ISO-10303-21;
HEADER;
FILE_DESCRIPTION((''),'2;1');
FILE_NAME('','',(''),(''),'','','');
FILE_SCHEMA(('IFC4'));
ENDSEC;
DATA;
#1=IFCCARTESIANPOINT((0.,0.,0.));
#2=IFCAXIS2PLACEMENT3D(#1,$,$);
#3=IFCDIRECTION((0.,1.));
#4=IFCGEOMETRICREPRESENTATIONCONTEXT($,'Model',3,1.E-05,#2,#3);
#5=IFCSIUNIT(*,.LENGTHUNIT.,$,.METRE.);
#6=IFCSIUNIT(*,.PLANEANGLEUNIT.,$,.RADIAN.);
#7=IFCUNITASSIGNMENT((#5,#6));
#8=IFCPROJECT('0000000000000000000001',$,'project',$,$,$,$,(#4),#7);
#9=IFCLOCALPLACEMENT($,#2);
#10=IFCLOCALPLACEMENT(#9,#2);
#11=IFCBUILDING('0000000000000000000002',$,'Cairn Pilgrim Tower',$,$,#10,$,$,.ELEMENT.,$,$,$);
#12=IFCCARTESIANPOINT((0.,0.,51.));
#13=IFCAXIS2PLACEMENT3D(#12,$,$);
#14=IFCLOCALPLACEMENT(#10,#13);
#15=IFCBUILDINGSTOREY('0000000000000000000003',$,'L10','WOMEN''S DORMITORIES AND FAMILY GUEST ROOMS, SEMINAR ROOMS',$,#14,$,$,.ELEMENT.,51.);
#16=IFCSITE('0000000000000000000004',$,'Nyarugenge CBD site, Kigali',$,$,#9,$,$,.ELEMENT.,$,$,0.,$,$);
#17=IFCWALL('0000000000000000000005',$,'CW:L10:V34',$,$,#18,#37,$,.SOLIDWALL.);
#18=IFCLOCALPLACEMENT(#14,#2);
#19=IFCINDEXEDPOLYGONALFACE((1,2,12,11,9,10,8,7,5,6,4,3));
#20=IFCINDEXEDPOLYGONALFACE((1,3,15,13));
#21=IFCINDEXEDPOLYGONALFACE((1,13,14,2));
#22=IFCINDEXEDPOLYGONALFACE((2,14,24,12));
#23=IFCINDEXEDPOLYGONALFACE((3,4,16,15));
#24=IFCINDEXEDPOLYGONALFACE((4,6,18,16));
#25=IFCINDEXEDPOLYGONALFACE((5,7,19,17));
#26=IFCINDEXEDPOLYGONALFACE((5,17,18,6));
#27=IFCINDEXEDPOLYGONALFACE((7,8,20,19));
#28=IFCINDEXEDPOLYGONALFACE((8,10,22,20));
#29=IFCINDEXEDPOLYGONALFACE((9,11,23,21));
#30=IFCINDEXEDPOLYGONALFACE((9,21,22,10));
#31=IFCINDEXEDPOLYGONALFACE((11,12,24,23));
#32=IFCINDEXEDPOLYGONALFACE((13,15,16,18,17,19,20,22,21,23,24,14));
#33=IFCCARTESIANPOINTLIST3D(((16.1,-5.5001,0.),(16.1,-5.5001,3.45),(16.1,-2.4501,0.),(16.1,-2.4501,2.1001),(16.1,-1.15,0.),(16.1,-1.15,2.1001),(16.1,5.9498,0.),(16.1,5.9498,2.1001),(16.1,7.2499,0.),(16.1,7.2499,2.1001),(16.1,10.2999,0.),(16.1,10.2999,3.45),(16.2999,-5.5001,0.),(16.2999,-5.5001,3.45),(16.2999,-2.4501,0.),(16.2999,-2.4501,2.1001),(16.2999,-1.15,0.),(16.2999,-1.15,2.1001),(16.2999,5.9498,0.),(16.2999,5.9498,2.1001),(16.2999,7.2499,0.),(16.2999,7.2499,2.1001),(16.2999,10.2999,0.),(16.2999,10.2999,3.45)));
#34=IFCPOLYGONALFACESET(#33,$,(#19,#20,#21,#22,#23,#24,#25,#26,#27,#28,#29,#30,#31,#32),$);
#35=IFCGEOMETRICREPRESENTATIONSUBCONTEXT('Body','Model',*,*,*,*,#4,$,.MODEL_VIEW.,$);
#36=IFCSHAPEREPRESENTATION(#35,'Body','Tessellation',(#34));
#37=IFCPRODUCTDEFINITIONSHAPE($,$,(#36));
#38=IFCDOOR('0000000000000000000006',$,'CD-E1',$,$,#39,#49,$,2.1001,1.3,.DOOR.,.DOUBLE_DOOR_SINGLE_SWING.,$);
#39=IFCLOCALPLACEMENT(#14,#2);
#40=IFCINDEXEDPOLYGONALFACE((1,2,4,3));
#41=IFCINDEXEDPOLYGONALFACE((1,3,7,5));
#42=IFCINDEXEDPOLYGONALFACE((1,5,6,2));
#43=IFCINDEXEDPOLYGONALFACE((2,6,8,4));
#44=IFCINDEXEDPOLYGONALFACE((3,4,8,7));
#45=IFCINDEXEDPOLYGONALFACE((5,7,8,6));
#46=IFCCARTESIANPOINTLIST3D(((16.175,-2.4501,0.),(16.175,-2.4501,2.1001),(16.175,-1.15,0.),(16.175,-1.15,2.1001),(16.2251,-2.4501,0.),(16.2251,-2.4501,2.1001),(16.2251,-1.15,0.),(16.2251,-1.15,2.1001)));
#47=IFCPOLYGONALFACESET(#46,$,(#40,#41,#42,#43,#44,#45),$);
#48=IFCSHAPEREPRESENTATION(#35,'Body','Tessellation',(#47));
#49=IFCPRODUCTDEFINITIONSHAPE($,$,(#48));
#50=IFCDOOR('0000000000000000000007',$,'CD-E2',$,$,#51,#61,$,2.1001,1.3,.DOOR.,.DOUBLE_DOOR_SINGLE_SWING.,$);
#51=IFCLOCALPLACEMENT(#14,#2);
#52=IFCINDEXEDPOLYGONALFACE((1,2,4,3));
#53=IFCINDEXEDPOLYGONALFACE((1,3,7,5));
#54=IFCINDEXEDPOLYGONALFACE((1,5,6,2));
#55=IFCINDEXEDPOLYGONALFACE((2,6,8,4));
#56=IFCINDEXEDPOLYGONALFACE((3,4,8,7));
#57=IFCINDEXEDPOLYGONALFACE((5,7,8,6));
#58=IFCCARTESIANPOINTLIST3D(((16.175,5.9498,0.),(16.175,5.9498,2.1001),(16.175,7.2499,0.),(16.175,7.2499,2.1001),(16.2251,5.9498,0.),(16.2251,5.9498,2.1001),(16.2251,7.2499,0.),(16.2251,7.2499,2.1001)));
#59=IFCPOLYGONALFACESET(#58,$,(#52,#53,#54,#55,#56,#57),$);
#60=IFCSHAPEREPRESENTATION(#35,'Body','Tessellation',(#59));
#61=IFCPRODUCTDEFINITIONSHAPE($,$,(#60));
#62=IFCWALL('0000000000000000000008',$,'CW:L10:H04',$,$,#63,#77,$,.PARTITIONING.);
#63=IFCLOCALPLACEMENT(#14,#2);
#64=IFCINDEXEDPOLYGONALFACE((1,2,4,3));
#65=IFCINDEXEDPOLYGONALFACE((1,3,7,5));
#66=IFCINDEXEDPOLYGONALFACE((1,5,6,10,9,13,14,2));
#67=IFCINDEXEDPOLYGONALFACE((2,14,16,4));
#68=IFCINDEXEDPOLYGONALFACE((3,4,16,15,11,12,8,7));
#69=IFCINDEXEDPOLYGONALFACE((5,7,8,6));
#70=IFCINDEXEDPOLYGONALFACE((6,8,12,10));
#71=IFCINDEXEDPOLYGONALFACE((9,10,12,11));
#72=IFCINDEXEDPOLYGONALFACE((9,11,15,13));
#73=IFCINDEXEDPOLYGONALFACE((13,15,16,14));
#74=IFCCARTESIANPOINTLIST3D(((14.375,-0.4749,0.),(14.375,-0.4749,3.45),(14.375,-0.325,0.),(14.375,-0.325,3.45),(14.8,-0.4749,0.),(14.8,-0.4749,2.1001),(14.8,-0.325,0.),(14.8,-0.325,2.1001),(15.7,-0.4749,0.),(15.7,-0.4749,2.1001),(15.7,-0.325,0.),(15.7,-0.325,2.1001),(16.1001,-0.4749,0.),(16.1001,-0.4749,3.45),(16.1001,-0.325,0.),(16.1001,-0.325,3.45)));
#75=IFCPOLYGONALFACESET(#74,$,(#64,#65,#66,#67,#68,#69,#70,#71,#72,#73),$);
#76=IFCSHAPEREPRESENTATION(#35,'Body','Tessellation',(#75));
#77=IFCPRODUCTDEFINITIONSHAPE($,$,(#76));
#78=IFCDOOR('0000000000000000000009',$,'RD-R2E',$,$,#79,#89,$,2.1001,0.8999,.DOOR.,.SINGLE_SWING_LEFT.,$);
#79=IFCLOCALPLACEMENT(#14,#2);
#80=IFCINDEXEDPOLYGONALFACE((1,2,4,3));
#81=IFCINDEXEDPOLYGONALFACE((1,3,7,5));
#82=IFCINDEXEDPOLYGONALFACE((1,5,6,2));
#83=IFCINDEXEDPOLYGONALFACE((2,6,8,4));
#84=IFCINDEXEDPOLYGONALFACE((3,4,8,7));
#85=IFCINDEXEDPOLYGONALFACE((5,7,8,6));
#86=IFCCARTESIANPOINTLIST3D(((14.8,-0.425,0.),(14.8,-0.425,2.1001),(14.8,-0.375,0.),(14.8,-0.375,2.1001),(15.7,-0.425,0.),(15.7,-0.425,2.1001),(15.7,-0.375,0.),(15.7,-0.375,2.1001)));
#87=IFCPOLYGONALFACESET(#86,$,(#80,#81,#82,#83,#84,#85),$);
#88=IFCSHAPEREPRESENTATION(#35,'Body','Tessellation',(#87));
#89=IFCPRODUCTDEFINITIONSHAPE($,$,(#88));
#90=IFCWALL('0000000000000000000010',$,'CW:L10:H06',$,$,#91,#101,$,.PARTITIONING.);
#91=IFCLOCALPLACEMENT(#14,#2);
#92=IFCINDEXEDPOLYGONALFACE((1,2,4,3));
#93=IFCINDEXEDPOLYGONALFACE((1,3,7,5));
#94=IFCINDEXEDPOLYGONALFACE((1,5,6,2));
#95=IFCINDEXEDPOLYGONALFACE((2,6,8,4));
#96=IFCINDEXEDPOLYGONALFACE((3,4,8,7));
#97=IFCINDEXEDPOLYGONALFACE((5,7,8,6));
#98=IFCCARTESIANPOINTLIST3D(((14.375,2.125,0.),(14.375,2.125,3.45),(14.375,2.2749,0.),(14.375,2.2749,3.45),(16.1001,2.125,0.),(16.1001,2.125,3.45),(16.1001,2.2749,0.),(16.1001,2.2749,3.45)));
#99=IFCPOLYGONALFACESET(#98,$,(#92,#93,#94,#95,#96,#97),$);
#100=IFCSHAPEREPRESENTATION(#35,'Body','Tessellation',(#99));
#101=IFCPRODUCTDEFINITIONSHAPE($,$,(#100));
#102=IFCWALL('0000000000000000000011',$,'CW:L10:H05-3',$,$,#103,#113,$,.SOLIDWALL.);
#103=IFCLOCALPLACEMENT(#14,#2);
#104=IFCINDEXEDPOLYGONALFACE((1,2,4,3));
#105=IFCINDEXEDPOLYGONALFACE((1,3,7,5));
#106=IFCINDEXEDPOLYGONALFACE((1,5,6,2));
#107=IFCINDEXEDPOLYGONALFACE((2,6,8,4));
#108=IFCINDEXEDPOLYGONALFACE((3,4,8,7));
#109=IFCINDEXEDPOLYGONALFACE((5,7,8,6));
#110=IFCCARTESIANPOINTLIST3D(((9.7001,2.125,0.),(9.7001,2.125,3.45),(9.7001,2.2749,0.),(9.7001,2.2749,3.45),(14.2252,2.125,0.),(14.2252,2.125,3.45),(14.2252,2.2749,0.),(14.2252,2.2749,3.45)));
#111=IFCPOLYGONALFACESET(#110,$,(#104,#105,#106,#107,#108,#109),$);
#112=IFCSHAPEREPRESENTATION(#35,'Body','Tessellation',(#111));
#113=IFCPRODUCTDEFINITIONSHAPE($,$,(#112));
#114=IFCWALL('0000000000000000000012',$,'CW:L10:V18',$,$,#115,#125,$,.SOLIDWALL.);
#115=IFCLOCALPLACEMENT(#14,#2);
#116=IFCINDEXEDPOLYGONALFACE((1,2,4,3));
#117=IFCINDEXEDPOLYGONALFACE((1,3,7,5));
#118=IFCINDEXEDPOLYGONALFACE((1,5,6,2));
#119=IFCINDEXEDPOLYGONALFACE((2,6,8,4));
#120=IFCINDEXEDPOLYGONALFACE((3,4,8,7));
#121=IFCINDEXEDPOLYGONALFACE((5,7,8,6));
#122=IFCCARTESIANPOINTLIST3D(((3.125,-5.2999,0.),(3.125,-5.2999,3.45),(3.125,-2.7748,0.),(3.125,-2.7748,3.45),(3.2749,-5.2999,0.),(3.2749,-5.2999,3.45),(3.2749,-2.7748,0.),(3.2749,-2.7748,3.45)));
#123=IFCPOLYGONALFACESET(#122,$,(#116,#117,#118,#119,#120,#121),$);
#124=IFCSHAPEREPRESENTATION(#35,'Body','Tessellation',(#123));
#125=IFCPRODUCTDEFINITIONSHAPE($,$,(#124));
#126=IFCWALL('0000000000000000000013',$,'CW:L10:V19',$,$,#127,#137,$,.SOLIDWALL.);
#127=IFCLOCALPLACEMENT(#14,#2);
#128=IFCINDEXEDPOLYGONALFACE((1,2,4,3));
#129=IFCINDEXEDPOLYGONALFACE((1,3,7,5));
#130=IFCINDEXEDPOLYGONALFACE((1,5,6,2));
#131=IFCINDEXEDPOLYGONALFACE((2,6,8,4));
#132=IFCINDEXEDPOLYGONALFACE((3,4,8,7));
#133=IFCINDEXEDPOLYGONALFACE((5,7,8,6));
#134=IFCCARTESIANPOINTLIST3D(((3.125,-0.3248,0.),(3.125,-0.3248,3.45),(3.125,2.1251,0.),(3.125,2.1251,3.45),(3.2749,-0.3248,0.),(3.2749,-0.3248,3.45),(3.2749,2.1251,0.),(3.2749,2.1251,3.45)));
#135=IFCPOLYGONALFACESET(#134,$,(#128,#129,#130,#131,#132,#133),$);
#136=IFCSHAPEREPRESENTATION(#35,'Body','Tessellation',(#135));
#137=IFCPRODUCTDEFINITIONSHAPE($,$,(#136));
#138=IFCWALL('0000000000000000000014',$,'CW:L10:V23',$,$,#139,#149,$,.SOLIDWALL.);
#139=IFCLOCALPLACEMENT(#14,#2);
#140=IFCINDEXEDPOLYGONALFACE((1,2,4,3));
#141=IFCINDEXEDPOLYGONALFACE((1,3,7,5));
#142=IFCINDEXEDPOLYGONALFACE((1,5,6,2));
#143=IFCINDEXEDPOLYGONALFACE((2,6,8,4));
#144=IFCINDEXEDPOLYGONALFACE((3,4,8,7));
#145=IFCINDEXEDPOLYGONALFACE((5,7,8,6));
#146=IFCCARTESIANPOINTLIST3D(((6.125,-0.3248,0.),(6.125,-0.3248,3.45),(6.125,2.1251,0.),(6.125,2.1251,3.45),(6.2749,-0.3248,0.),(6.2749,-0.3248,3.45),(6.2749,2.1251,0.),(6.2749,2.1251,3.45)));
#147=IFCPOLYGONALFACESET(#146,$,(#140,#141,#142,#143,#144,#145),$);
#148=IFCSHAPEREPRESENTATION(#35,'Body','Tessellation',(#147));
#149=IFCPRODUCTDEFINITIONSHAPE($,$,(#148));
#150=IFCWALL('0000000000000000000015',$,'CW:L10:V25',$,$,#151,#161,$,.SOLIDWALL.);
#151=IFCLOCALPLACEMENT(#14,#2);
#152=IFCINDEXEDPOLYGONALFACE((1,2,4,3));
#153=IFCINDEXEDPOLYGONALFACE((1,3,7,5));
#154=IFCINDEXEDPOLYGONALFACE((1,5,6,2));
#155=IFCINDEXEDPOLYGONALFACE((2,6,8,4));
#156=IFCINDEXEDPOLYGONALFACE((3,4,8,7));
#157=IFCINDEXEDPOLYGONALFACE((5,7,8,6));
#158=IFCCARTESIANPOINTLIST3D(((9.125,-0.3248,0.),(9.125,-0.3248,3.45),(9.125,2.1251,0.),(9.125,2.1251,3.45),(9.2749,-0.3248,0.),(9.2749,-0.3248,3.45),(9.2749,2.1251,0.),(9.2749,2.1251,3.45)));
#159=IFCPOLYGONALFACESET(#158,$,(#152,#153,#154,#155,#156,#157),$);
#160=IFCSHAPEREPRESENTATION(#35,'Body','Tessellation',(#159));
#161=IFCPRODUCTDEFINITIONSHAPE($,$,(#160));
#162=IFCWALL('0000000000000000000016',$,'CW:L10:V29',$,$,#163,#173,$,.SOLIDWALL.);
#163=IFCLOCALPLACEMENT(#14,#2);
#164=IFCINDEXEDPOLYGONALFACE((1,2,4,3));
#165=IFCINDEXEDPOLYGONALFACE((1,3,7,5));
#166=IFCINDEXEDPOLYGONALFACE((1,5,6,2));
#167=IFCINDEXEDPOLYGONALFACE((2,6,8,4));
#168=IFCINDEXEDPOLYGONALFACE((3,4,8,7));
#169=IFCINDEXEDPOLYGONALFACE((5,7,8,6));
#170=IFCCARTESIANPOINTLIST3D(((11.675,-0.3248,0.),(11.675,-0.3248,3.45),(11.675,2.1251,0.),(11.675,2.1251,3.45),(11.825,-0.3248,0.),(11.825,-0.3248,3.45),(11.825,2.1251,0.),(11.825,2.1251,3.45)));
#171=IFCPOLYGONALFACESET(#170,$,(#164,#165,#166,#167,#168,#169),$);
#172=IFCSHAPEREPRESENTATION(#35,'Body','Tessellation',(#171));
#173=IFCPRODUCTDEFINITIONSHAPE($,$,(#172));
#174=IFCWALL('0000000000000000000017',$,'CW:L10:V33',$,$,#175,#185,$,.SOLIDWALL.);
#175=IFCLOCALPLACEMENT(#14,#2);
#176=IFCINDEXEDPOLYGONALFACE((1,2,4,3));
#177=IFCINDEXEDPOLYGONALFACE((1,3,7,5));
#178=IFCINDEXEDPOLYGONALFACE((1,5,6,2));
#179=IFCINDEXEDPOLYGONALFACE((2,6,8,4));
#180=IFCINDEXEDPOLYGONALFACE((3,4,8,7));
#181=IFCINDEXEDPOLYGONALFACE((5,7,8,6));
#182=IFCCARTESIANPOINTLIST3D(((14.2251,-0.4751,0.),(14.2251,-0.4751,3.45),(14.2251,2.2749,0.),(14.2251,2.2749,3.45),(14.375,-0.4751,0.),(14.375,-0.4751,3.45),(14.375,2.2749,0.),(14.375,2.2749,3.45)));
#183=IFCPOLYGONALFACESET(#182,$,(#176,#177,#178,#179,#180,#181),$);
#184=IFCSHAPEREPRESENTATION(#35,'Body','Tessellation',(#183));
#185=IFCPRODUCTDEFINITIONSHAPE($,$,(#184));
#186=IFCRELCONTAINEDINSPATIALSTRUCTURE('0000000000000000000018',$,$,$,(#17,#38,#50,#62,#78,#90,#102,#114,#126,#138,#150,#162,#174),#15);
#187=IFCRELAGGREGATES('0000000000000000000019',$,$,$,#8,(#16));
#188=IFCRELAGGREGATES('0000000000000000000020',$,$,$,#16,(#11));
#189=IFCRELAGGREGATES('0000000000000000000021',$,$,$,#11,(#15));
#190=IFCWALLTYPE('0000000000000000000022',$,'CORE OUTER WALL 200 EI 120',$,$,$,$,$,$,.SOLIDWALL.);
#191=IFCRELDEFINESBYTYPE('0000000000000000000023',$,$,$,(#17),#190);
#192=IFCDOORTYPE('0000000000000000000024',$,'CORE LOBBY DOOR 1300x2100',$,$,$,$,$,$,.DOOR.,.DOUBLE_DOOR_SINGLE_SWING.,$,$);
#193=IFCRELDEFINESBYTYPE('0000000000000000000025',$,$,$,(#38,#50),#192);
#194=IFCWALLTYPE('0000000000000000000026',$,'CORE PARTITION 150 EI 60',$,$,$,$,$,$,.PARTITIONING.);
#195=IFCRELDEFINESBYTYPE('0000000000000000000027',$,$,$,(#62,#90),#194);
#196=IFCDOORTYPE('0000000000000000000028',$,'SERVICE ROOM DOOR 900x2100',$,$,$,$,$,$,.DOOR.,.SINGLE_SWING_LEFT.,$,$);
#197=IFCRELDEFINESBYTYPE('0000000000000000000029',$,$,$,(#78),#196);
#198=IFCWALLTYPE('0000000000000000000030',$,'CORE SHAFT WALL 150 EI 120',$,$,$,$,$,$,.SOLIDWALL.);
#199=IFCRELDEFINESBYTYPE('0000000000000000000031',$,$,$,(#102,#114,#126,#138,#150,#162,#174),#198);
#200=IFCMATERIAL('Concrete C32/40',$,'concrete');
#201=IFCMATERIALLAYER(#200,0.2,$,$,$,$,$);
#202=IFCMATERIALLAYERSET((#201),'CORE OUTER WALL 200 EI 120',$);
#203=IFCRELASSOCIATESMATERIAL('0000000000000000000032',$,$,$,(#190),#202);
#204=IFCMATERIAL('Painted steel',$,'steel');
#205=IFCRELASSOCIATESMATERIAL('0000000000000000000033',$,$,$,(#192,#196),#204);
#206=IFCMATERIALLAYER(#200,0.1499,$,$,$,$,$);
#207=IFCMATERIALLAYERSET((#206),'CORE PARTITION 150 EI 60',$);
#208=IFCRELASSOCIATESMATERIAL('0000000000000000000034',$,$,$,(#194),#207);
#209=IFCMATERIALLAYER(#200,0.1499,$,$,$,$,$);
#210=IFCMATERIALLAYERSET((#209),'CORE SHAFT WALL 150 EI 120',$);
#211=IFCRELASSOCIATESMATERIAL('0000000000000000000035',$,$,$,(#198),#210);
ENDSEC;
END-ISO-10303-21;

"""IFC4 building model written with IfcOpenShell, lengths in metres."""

from ifc_helpers import new_model, si_unit, direction, frame, frame_2d, origin, place, context, subcontext, project, spatial, rectangle, extrude, material, layer, layer_set, type_object, element, fill, save


model = new_model("IFC4")

# Units and contexts
model_context = context("Model", 3, precision=1e-05, world=origin(), true_north=direction((0.0, 1.0)))
body_context = subcontext(model_context, "Body", "Model", "MODEL_VIEW")
ifc_project = project(units=[si_unit("LENGTHUNIT", "METRE"), si_unit("PLANEANGLEUNIT", "RADIAN")], contexts=[model_context])

# Site, building, storey
site_placement = place(None, origin())
site = spatial("IfcSite", under=ifc_project, at=site_placement, Name="Nyarugenge CBD site, Kigali", CompositionType="ELEMENT", RefElevation=0.0)
building_placement = place(site_placement, origin())
building = spatial("IfcBuilding", under=site, at=building_placement, Name="Cairn Pilgrim Tower", CompositionType="ELEMENT")
storey_placement = place(building_placement, frame((0.0, 0.0, 51.0)))
storey = spatial("IfcBuildingStorey", under=building, at=storey_placement, Name="L10", Description="WOMEN'S DORMITORIES AND FAMILY GUEST ROOMS, SEMINAR ROOMS", CompositionType="ELEMENT", Elevation=51.0)

# Shared definitions
ifc_material_1 = material(Name="Concrete C32/40", Category="concrete")
ifc_layer_1 = layer(ifc_material_1, 0.2)
ifc_layer_set_1 = layer_set([ifc_layer_1], Name="CORE OUTER WALL 200 EI 120")
wall_type_1 = type_object("IfcWallType", Name="CORE OUTER WALL 200 EI 120", PredefinedType="SOLIDWALL", material=ifc_layer_set_1)

# Wall, openings, doors
wall_1_placement = place(storey_placement, frame((16.2, -5.5, 0.0), z_axis=(0.0, 0.0, 1.0), x_axis=(0.0, 1.0, 0.0)))
wall_1 = element("IfcWall", 1, at=wall_1_placement, inside=storey, type_object=wall_type_1, Name="CW:L10:V34", PredefinedType="SOLIDWALL", context=body_context, shape_type="SweptSolid", body=[
    extrude(rectangle(XDim=15.8, YDim=0.2, at=frame_2d((7.8999, 0.0))), origin(), (0.0, 0.0, 1.0), 3.45),
])
opening_1_placement = place(wall_1_placement, frame((3.05, 0.0, 0.0)))
opening_1 = element("IfcOpeningElement", 2, at=opening_1_placement, cuts=wall_1, PredefinedType="OPENING", context=body_context, shape_type="SweptSolid", body=[
    extrude(rectangle(XDim=1.3, YDim=2.1001, at=frame_2d((0.6499, 1.05))), frame((0.0, 0.1099, 0.0), z_axis=(0.0, -1.0, 0.0), x_axis=(1.0, 0.0, 0.0)), (0.0, 0.0, 1.0), 0.22),
])
opening_2_placement = place(wall_1_placement, frame((11.45, 0.0, 0.0)))
opening_2 = element("IfcOpeningElement", 3, at=opening_2_placement, cuts=wall_1, PredefinedType="OPENING", context=body_context, shape_type="SweptSolid", body=[
    extrude(rectangle(XDim=1.3, YDim=2.1001, at=frame_2d((0.6499, 1.05))), frame((0.0, 0.1099, 0.0), z_axis=(0.0, -1.0, 0.0), x_axis=(1.0, 0.0, 0.0)), (0.0, 0.0, 1.0), 0.22),
])
ifc_material_2 = material(Name="Painted steel", Category="steel")
door_type_1 = type_object("IfcDoorType", Name="CORE LOBBY DOOR 1300x2100", OperationType="DOUBLE_DOOR_SINGLE_SWING", PredefinedType="DOOR", material=ifc_material_2)
door_1_placement = place(opening_1_placement, origin())
door_1 = element("IfcDoor", 4, at=door_1_placement, inside=storey, type_object=door_type_1, Name="CD-E1", OperationType="DOUBLE_DOOR_SINGLE_SWING", OverallHeight=2.1001, OverallWidth=1.3, PredefinedType="DOOR", context=body_context, shape_type="SweptSolid", body=[
    extrude(rectangle(XDim=1.3, YDim=2.1001, at=frame_2d((0.6499, 1.05))), frame((0.0, 0.0249, 0.0), z_axis=(0.0, -1.0, 0.0), x_axis=(1.0, 0.0, 0.0)), (0.0, 0.0, 1.0), 0.05),
])
fill(opening_1, door_1)
door_2_placement = place(opening_2_placement, origin())
door_2 = element("IfcDoor", 5, at=door_2_placement, inside=storey, type_object=door_type_1, Name="CD-E2", OperationType="DOUBLE_DOOR_SINGLE_SWING", OverallHeight=2.1001, OverallWidth=1.3, PredefinedType="DOOR", context=body_context, shape_type="SweptSolid", body=[
    extrude(rectangle(XDim=1.3, YDim=2.1001, at=frame_2d((0.6499, 1.05))), frame((0.0, 0.0249, 0.0), z_axis=(0.0, -1.0, 0.0), x_axis=(1.0, 0.0, 0.0)), (0.0, 0.0, 1.0), 0.05),
])
fill(opening_2, door_2)

# Wall, opening, door
ifc_layer_2 = layer(ifc_material_1, 0.1499)
ifc_layer_set_2 = layer_set([ifc_layer_2], Name="CORE PARTITION 150 EI 60")
wall_type_2 = type_object("IfcWallType", Name="CORE PARTITION 150 EI 60", PredefinedType="PARTITIONING", material=ifc_layer_set_2)
wall_2_placement = place(storey_placement, frame((14.375, -0.3999, 0.0), z_axis=(0.0, 0.0, 1.0), x_axis=(1.0, 0.0, 0.0)))
wall_2 = element("IfcWall", 6, at=wall_2_placement, inside=storey, type_object=wall_type_2, Name="CW:L10:H04", PredefinedType="PARTITIONING", context=body_context, shape_type="SweptSolid", body=[
    extrude(rectangle(XDim=1.7251, YDim=0.1499, at=frame_2d((0.8625, 0.0))), origin(), (0.0, 0.0, 1.0), 3.45),
])
opening_3_placement = place(wall_2_placement, frame((0.425, 0.0, 0.0)))
opening_3 = element("IfcOpeningElement", 7, at=opening_3_placement, cuts=wall_2, PredefinedType="OPENING", context=body_context, shape_type="SweptSolid", body=[
    extrude(rectangle(XDim=0.8999, YDim=2.1001, at=frame_2d((0.45, 1.05))), frame((0.0, 0.085, 0.0), z_axis=(0.0, -1.0, 0.0), x_axis=(1.0, 0.0, 0.0)), (0.0, 0.0, 1.0), 0.1699),
])
door_type_2 = type_object("IfcDoorType", Name="SERVICE ROOM DOOR 900x2100", OperationType="SINGLE_SWING_LEFT", PredefinedType="DOOR", material=ifc_material_2)
door_3_placement = place(opening_3_placement, origin())
door_3 = element("IfcDoor", 8, at=door_3_placement, inside=storey, type_object=door_type_2, Name="RD-R2E", OperationType="SINGLE_SWING_LEFT", OverallHeight=2.1001, OverallWidth=0.8999, PredefinedType="DOOR", context=body_context, shape_type="SweptSolid", body=[
    extrude(rectangle(XDim=0.8999, YDim=2.1001, at=frame_2d((0.45, 1.05))), frame((0.0, 0.0249, 0.0), z_axis=(0.0, -1.0, 0.0), x_axis=(1.0, 0.0, 0.0)), (0.0, 0.0, 1.0), 0.05),
])
fill(opening_3, door_3)

# Walls
wall_3_placement = place(storey_placement, frame((14.375, 2.2, 0.0), z_axis=(0.0, 0.0, 1.0), x_axis=(1.0, 0.0, 0.0)))
element("IfcWall", 9, at=wall_3_placement, inside=storey, type_object=wall_type_2, Name="CW:L10:H06", PredefinedType="PARTITIONING", context=body_context, shape_type="SweptSolid", body=[
    extrude(rectangle(XDim=1.7251, YDim=0.1499, at=frame_2d((0.8625, 0.0))), origin(), (0.0, 0.0, 1.0), 3.45),
])
ifc_layer_3 = layer(ifc_material_1, 0.1499)
ifc_layer_set_3 = layer_set([ifc_layer_3], Name="CORE SHAFT WALL 150 EI 120")
wall_type_3 = type_object("IfcWallType", Name="CORE SHAFT WALL 150 EI 120", PredefinedType="SOLIDWALL", material=ifc_layer_set_3)
wall_4_placement = place(storey_placement, frame((9.7, 2.2, 0.0), z_axis=(0.0, 0.0, 1.0), x_axis=(1.0, 0.0, 0.0)))
element("IfcWall", 10, at=wall_4_placement, inside=storey, type_object=wall_type_3, Name="CW:L10:H05-3", PredefinedType="SOLIDWALL", context=body_context, shape_type="SweptSolid", body=[
    extrude(rectangle(XDim=4.5251, YDim=0.1499, at=frame_2d((2.2627, 0.0))), origin(), (0.0, 0.0, 1.0), 3.45),
])
wall_5_placement = place(storey_placement, frame((3.2, -5.3, 0.0), z_axis=(0.0, 0.0, 1.0), x_axis=(0.0, 1.0, 0.0)))
element("IfcWall", 11, at=wall_5_placement, inside=storey, type_object=wall_type_3, Name="CW:L10:V18", PredefinedType="SOLIDWALL", context=body_context, shape_type="SweptSolid", body=[
    extrude(rectangle(XDim=2.5251, YDim=0.1499, at=frame_2d((1.2627, 0.0))), origin(), (0.0, 0.0, 1.0), 3.45),
])
for number, where, z_axis, x_axis, name in (
    (12, (3.2, -0.325, 0.0), (0.0, 0.0, 1.0), (0.0, 1.0, 0.0), "CW:L10:V19"),
    (13, (6.2, -0.325, 0.0), (0.0, 0.0, 1.0), (0.0, 1.0, 0.0), "CW:L10:V23"),
    (14, (9.2, -0.325, 0.0), (0.0, 0.0, 1.0), (0.0, 1.0, 0.0), "CW:L10:V25"),
    (15, (11.75, -0.325, 0.0), (0.0, 0.0, 1.0), (0.0, 1.0, 0.0), "CW:L10:V29"),
):
    element("IfcWall", number, at=place(storey_placement, frame(where, z_axis=z_axis, x_axis=x_axis)), inside=storey, type_object=wall_type_3, Name=name, PredefinedType="SOLIDWALL", context=body_context, shape_type="SweptSolid", body=[
        extrude(rectangle(XDim=2.45, YDim=0.1499, at=frame_2d((1.2251, 0.0))), origin(), (0.0, 0.0, 1.0), 3.45),
    ])
wall_6_placement = place(storey_placement, frame((14.3, -0.4751, 0.0), z_axis=(0.0, 0.0, 1.0), x_axis=(0.0, 1.0, 0.0)))
element("IfcWall", 16, at=wall_6_placement, inside=storey, type_object=wall_type_3, Name="CW:L10:V33", PredefinedType="SOLIDWALL", context=body_context, shape_type="SweptSolid", body=[
    extrude(rectangle(XDim=2.75, YDim=0.1499, at=frame_2d((1.375, 0.0))), origin(), (0.0, 0.0, 1.0), 3.45),
])

save(model, "model.ifc")
